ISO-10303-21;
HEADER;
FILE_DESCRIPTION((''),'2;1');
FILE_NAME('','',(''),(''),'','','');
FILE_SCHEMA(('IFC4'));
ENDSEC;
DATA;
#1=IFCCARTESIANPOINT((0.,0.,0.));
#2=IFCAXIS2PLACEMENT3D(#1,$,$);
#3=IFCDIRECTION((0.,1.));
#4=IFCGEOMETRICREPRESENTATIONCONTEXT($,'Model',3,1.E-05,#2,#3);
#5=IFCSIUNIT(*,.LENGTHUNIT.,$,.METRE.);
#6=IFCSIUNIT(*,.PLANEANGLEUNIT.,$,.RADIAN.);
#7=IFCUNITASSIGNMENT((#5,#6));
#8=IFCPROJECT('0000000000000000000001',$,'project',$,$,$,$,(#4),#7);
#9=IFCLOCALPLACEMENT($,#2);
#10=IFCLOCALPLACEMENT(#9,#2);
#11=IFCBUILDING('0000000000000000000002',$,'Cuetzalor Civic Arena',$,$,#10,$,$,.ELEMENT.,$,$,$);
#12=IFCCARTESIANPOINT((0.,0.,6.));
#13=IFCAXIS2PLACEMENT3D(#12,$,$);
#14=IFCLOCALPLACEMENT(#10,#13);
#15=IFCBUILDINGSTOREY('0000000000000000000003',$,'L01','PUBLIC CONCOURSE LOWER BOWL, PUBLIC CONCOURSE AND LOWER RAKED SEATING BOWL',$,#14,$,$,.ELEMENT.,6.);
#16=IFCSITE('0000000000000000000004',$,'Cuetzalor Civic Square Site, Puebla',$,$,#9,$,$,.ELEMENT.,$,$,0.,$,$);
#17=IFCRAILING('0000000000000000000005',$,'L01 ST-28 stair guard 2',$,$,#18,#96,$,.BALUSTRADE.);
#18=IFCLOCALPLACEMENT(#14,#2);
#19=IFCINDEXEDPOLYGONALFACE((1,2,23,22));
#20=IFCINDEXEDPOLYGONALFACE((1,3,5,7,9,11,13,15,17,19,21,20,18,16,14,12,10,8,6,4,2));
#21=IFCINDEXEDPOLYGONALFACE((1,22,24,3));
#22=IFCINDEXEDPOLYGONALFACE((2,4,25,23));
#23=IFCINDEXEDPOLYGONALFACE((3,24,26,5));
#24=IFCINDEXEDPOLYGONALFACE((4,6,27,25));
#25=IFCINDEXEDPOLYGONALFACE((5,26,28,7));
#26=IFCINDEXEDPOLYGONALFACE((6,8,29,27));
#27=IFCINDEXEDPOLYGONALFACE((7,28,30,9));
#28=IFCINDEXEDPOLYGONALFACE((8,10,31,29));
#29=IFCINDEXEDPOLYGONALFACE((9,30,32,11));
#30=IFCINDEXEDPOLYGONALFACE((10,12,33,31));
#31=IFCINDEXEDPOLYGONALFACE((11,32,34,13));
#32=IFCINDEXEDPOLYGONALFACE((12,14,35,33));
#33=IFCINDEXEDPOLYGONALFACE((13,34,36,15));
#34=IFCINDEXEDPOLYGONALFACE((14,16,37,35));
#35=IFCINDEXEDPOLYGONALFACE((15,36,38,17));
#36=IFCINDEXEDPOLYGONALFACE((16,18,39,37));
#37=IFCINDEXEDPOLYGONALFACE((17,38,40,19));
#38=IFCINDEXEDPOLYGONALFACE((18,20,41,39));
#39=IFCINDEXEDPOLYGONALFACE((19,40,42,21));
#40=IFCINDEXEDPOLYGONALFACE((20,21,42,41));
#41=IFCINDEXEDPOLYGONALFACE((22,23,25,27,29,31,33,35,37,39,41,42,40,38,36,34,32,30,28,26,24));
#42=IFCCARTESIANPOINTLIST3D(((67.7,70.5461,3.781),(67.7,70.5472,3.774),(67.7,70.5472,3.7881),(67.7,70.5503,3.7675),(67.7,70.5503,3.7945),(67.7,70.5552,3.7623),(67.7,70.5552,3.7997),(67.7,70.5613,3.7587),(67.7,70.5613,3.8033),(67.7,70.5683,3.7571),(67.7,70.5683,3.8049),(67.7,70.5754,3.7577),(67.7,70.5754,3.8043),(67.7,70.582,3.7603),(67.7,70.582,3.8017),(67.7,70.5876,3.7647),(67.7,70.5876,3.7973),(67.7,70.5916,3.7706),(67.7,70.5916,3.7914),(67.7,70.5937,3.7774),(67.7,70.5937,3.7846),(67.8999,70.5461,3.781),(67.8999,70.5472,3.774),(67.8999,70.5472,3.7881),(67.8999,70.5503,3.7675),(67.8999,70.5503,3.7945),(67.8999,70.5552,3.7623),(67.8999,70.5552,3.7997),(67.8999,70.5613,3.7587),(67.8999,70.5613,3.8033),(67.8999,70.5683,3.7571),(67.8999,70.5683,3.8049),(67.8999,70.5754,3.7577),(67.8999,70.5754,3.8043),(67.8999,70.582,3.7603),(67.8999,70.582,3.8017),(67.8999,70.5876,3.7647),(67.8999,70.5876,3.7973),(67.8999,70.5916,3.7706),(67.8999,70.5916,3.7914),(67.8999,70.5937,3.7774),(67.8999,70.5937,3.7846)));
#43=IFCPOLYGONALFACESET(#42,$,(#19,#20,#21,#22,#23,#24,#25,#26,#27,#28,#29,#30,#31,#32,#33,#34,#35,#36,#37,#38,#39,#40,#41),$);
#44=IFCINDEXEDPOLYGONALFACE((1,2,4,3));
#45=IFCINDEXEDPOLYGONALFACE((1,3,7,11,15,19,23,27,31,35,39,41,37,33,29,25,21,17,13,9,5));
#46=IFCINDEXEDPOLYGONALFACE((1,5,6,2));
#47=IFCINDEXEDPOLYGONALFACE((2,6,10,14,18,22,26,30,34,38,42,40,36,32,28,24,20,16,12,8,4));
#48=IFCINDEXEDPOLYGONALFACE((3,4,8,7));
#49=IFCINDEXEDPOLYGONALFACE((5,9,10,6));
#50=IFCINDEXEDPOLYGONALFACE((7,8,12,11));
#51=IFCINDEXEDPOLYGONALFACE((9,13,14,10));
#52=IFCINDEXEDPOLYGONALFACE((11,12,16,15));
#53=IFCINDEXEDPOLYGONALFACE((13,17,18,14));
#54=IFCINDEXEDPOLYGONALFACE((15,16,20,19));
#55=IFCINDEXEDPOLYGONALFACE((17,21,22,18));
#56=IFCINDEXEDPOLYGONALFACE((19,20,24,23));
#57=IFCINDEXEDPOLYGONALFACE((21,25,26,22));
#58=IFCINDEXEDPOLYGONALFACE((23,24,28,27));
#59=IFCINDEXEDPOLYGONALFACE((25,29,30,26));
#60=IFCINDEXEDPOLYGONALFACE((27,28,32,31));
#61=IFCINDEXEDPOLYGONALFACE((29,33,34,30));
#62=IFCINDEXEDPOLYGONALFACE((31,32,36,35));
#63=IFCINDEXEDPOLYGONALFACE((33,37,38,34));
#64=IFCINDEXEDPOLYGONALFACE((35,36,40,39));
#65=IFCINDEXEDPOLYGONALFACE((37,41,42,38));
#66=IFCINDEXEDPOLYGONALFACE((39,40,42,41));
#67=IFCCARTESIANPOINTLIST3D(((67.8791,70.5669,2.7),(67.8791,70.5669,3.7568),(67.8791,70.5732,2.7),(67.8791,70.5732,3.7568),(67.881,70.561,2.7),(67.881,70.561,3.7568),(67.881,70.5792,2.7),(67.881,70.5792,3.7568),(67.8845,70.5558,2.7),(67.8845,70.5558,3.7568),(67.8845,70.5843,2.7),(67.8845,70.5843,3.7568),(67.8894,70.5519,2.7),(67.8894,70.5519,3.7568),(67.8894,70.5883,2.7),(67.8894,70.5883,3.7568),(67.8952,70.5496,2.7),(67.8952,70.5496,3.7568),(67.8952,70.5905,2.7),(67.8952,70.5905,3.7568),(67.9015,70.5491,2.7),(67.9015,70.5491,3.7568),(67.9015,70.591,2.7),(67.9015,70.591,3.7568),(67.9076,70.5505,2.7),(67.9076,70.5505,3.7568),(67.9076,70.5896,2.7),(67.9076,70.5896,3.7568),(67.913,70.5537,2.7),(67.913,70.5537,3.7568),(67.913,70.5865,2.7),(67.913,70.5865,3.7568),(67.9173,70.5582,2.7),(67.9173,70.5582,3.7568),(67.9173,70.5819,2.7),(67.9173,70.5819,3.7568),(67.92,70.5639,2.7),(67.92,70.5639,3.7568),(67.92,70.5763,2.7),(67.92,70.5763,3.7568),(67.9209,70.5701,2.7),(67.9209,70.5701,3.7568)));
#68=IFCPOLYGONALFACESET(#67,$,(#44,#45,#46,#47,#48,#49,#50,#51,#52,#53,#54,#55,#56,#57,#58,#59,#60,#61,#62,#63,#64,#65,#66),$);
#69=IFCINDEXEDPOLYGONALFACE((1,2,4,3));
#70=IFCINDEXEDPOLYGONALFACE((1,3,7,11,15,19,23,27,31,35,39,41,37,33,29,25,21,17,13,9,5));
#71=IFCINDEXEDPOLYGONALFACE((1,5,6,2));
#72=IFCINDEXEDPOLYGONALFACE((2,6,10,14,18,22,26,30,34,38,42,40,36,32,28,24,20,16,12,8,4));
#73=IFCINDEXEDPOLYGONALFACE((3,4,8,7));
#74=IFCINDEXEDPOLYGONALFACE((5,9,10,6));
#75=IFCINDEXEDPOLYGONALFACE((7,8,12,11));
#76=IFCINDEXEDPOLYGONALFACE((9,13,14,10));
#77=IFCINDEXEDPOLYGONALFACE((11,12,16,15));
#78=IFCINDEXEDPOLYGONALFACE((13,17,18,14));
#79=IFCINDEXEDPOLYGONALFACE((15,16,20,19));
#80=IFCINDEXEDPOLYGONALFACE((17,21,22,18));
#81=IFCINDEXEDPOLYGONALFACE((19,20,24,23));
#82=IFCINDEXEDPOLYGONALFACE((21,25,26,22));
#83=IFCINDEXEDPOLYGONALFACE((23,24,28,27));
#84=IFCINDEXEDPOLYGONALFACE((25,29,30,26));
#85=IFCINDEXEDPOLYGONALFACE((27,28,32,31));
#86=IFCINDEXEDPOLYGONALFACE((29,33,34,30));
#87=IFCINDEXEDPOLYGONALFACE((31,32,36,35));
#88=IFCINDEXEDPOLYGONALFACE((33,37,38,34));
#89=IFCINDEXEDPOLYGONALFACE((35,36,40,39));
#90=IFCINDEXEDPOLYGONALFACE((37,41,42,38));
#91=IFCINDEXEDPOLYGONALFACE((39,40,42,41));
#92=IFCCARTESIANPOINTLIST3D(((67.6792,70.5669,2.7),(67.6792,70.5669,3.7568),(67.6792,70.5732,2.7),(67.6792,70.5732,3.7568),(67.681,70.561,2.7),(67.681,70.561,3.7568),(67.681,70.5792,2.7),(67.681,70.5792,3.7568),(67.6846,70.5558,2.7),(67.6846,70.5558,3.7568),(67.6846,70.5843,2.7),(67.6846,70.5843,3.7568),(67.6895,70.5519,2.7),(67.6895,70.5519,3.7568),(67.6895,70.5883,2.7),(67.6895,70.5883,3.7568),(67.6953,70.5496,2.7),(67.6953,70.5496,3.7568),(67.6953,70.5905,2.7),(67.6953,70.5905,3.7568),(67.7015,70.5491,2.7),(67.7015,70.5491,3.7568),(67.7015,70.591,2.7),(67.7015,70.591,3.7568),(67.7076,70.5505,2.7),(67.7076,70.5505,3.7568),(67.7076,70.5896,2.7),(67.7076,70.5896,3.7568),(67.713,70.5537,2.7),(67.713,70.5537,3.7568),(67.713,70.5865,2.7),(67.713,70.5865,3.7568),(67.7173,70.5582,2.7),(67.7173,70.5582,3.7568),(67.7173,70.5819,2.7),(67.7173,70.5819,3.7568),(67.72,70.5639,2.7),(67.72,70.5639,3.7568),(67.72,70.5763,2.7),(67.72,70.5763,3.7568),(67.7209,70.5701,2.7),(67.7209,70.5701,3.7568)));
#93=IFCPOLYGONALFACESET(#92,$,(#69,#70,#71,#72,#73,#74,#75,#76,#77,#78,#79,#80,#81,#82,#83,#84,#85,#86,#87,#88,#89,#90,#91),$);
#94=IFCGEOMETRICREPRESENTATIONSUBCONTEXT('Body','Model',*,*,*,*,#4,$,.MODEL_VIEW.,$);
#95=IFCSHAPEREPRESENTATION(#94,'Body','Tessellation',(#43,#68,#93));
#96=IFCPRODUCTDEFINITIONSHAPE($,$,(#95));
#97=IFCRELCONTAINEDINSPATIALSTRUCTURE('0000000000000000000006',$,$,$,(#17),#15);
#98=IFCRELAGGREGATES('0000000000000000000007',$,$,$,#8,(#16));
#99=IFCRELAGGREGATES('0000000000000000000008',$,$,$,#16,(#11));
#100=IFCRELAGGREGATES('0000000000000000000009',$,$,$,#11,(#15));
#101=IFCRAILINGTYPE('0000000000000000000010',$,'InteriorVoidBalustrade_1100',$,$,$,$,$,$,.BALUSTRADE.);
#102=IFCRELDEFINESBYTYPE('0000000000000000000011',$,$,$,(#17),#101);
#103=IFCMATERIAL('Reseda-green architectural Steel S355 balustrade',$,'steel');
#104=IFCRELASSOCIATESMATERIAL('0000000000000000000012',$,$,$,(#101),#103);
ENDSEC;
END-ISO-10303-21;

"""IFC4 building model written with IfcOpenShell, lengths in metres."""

from ifc_helpers import new_model, si_unit, direction, frame, origin, origin_2d, place, context, subcontext, project, spatial, circle, extrude, material, type_object, element, save


model = new_model("IFC4")

# Units and contexts
model_context = context("Model", 3, precision=1e-05, world=origin(), true_north=direction((0.0, 1.0)))
body_context = subcontext(model_context, "Body", "Model", "MODEL_VIEW")
ifc_project = project(units=[si_unit("LENGTHUNIT", "METRE"), si_unit("PLANEANGLEUNIT", "RADIAN")], contexts=[model_context])

# Site, building, storey
site_placement = place(None, origin())
site = spatial("IfcSite", under=ifc_project, at=site_placement, Name="Cuetzalor Civic Square Site, Puebla", CompositionType="ELEMENT", RefElevation=0.0)
building_placement = place(site_placement, origin())
building = spatial("IfcBuilding", under=site, at=building_placement, Name="Cuetzalor Civic Arena", CompositionType="ELEMENT")
storey_placement = place(building_placement, frame((0.0, 0.0, 6.0)))
storey = spatial("IfcBuildingStorey", under=building, at=storey_placement, Name="L01", Description="PUBLIC CONCOURSE LOWER BOWL, PUBLIC CONCOURSE AND LOWER RAKED SEATING BOWL", CompositionType="ELEMENT", Elevation=6.0)

# Railing
ifc_material_1 = material(Name="Reseda-green architectural Steel S355 balustrade", Category="steel")
railing_type_1 = type_object("IfcRailingType", Name="InteriorVoidBalustrade_1100", PredefinedType="BALUSTRADE", material=ifc_material_1)
railing_1_placement = place(storey_placement, frame((67.8999, 70.5701, 2.7)))
element("IfcRailing", 1, at=railing_1_placement, inside=storey, type_object=railing_type_1, Name="L01 ST-28 stair guard 2", PredefinedType="BALUSTRADE", context=body_context, shape_type="SweptSolid", body=[
    extrude(circle(Radius=0.0239, at=origin_2d()), frame((0.0, 0.0, 1.0811), z_axis=(-1.0, 0.0, 0.0), x_axis=(0.0, -1.0, 0.0)), (0.0, 0.0, 1.0), 0.2),
    extrude(circle(Radius=0.021, at=origin_2d()), origin(), (0.0, 0.0, 1.0), 1.0569),
    extrude(circle(Radius=0.021, at=origin_2d()), frame((-0.2, 0.0, 0.0)), (0.0, 0.0, 1.0), 1.0569),
])

save(model, "model.ifc")
